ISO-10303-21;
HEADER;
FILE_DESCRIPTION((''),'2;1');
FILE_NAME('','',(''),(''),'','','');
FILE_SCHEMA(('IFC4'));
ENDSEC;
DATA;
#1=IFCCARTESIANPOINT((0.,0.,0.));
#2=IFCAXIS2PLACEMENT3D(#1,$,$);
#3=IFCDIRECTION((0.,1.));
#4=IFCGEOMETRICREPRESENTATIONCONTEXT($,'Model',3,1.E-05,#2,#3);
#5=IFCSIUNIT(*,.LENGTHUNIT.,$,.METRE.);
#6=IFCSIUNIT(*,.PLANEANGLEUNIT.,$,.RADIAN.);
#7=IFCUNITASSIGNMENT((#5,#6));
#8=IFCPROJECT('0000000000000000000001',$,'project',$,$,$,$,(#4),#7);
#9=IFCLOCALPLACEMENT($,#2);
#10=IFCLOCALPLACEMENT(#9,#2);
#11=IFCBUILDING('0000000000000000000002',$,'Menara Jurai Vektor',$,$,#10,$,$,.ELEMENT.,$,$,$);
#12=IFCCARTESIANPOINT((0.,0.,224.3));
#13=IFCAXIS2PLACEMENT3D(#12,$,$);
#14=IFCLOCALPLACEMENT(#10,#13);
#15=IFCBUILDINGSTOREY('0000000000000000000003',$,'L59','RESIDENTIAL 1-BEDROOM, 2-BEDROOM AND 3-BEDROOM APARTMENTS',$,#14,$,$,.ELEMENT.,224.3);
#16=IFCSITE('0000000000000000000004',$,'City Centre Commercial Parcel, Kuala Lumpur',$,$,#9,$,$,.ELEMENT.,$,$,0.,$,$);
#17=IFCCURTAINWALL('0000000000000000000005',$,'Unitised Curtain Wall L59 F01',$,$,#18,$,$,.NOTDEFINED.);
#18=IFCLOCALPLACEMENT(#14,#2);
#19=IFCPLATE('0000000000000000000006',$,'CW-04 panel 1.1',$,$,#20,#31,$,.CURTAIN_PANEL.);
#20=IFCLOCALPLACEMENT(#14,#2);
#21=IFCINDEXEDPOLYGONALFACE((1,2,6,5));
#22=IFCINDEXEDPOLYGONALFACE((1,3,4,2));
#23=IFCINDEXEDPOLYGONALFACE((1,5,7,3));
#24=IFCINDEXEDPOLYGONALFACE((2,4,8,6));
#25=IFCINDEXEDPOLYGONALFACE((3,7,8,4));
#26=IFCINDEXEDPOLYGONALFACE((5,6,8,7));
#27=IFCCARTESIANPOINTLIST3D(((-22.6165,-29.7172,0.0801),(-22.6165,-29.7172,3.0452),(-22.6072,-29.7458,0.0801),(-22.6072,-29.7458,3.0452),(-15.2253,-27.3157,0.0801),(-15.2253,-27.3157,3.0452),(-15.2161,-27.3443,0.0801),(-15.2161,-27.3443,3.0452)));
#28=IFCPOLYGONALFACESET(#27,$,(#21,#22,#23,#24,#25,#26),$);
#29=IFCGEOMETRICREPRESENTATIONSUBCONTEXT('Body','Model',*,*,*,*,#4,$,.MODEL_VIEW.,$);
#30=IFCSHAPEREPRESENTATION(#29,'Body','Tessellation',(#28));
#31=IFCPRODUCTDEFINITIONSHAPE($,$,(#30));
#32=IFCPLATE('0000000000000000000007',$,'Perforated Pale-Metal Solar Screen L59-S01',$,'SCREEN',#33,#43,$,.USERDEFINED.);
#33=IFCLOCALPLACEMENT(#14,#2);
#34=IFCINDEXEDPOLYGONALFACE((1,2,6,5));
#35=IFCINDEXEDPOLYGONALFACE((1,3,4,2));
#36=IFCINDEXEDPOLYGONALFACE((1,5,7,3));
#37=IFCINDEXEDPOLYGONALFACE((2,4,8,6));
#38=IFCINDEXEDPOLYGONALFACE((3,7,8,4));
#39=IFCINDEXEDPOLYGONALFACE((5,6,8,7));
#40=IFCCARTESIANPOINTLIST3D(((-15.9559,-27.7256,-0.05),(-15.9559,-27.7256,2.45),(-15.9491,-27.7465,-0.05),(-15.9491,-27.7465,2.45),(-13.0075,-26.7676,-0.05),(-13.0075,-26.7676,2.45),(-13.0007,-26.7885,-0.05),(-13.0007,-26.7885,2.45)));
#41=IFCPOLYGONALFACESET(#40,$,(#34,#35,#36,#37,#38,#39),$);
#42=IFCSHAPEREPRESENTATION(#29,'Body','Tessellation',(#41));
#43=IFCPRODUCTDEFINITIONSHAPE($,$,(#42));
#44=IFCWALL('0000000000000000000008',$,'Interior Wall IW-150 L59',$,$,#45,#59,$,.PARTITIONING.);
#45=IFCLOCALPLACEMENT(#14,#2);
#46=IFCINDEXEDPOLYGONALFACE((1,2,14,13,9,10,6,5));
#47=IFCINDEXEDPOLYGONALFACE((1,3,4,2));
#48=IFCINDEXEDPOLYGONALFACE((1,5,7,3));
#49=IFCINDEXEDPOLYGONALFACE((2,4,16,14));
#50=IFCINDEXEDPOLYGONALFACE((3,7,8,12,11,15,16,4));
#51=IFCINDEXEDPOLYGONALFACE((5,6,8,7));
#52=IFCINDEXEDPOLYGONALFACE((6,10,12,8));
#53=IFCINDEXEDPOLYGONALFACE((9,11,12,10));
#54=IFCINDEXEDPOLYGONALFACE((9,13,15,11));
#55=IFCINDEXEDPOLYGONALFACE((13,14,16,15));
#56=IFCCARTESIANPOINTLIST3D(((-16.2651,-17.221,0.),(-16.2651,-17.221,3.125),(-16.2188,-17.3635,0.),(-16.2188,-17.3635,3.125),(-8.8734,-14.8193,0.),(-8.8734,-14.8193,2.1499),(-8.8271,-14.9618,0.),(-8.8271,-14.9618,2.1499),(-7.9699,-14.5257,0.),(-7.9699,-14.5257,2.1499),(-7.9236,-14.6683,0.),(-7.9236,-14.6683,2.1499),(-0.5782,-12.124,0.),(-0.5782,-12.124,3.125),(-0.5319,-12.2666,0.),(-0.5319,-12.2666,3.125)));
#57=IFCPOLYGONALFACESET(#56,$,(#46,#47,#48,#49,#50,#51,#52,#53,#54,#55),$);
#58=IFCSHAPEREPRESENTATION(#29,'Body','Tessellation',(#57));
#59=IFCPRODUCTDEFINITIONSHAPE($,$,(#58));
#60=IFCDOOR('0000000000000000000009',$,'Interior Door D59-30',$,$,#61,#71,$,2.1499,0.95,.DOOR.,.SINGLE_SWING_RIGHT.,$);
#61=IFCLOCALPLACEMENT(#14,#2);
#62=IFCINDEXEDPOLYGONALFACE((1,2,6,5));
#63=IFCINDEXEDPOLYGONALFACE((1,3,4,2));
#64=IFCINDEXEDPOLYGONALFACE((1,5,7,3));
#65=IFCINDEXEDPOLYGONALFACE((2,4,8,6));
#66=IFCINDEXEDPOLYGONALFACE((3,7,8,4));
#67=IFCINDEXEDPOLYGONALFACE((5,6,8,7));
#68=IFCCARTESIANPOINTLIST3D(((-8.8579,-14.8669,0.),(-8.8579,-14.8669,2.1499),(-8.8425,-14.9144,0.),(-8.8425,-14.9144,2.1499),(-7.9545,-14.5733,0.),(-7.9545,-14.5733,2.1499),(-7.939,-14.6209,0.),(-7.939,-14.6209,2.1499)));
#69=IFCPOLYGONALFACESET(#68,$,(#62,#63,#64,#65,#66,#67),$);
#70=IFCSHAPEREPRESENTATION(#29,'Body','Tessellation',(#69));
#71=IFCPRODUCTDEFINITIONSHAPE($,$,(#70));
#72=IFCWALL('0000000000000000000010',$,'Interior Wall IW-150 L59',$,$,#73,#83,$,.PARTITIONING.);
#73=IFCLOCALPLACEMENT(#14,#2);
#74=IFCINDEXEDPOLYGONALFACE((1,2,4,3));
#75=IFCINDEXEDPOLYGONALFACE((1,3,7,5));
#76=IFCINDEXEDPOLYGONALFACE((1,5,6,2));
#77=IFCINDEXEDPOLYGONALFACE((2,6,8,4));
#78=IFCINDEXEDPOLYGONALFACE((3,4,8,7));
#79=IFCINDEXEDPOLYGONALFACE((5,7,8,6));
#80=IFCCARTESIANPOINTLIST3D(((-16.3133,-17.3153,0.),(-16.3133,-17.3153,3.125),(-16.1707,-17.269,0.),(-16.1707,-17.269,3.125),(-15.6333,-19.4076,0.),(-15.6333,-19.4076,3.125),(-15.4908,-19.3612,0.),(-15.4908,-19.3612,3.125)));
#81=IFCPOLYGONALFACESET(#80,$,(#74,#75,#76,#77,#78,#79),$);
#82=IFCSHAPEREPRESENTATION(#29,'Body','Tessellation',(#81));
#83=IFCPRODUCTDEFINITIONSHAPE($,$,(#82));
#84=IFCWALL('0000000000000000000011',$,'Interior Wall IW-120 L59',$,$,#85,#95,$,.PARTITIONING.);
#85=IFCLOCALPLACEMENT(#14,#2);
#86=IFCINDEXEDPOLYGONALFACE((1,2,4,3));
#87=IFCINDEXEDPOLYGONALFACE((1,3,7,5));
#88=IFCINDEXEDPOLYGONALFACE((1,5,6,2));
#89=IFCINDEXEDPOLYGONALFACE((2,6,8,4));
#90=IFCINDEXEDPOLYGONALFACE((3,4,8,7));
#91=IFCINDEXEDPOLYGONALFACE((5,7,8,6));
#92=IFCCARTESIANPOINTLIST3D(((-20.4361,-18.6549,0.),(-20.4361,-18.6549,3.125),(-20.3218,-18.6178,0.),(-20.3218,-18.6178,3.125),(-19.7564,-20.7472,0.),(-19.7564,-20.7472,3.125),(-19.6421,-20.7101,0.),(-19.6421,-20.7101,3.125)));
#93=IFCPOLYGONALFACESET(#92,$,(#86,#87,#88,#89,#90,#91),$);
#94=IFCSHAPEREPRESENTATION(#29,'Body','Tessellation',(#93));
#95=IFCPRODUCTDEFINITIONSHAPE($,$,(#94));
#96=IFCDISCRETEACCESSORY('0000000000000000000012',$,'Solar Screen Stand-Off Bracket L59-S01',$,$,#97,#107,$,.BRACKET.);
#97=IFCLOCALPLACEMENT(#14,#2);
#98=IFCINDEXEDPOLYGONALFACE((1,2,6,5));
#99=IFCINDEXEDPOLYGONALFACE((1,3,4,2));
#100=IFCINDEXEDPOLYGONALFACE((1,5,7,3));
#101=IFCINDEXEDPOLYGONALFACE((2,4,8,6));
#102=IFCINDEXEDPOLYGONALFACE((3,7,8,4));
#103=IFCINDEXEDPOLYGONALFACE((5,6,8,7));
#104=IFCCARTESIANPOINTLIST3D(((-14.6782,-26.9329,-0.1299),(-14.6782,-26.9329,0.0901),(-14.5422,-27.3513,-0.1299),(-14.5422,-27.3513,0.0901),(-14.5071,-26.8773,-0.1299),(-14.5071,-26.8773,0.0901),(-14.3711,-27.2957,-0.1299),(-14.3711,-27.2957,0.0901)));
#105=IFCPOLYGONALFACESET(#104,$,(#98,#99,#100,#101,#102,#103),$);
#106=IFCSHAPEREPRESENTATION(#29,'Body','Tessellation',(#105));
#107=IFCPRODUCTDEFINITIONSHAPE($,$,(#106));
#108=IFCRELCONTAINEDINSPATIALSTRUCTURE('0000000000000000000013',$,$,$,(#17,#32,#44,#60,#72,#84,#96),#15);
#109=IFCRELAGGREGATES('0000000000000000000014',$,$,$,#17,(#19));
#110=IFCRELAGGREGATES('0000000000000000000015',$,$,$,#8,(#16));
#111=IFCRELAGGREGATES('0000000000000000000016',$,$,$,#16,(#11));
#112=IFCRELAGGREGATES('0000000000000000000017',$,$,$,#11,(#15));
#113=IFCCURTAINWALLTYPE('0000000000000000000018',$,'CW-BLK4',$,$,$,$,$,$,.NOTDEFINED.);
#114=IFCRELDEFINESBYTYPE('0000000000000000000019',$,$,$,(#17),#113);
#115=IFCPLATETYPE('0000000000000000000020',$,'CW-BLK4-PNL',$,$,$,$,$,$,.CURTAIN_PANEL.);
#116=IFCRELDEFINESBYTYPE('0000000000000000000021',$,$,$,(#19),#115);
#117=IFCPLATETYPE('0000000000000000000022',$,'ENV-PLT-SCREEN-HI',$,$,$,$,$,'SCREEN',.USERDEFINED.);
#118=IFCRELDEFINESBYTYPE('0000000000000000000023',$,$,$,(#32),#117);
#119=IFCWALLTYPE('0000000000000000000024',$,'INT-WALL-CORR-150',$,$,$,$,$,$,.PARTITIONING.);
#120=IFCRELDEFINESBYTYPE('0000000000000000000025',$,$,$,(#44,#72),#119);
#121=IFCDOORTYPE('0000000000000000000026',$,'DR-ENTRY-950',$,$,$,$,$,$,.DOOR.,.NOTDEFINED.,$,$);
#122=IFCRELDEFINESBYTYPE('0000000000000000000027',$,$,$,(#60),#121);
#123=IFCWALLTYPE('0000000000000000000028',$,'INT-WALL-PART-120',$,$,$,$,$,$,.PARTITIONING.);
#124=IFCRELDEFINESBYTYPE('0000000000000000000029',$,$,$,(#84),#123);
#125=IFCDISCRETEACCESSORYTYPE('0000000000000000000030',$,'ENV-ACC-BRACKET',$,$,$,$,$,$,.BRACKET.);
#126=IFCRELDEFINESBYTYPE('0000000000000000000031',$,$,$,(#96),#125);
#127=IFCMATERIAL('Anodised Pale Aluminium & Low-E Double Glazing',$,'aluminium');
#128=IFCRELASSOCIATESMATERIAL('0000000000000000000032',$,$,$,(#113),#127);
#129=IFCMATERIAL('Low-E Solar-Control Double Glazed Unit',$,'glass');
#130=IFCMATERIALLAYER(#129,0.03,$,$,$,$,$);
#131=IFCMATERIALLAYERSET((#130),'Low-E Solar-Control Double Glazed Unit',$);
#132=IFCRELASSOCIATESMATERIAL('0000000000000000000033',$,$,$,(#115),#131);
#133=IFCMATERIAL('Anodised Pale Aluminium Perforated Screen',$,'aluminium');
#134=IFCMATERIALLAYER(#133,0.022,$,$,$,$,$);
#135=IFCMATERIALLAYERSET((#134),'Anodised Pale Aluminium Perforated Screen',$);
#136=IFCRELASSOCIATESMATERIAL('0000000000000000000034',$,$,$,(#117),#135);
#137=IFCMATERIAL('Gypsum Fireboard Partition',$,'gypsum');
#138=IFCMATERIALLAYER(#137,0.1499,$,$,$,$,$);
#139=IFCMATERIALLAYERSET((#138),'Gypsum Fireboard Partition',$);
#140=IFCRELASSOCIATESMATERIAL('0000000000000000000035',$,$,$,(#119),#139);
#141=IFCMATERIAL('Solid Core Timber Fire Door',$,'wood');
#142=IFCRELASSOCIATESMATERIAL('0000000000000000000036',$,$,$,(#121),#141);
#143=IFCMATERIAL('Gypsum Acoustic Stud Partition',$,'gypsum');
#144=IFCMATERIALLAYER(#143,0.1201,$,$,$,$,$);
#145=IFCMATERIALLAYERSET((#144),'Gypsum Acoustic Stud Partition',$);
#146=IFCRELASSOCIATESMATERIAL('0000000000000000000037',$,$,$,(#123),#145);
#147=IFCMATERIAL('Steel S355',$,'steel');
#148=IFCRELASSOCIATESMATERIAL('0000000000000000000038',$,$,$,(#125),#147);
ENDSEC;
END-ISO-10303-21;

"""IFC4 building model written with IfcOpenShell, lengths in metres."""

from ifc_helpers import new_model, si_unit, direction, frame, frame_2d, origin, origin_2d, place, context, subcontext, project, spatial, rectangle, extrude, material, layer, layer_set, type_object, element, fill, aggregate, save


model = new_model("IFC4")

# Units and contexts
model_context = context("Model", 3, precision=1e-05, world=origin(), true_north=direction((0.0, 1.0)))
body_context = subcontext(model_context, "Body", "Model", "MODEL_VIEW")
ifc_project = project(units=[si_unit("LENGTHUNIT", "METRE"), si_unit("PLANEANGLEUNIT", "RADIAN")], contexts=[model_context])

# Site, building, storey
site_placement = place(None, origin())
site = spatial("IfcSite", under=ifc_project, at=site_placement, Name="City Centre Commercial Parcel, Kuala Lumpur", CompositionType="ELEMENT", RefElevation=0.0)
building_placement = place(site_placement, origin())
building = spatial("IfcBuilding", under=site, at=building_placement, Name="Menara Jurai Vektor", CompositionType="ELEMENT")
storey_placement = place(building_placement, frame((0.0, 0.0, 224.3)))
storey = spatial("IfcBuildingStorey", under=building, at=storey_placement, Name="L59", Description="RESIDENTIAL 1-BEDROOM, 2-BEDROOM AND 3-BEDROOM APARTMENTS", CompositionType="ELEMENT", Elevation=224.3)

# Curtain wall
ifc_material_1 = material(Name="Anodised Pale Aluminium & Low-E Double Glazing", Category="aluminium")
curtain_wall_type = type_object("IfcCurtainWallType", Name="CW-BLK4", PredefinedType="NOTDEFINED", material=ifc_material_1)
curtain_wall_placement = place(storey_placement, origin())
curtain_wall = element("IfcCurtainWall", 1, at=curtain_wall_placement, inside=storey, type_object=curtain_wall_type, Name="Unitised Curtain Wall L59 F01", PredefinedType="NOTDEFINED")

# Shared definitions
ifc_material_2 = material(Name="Steel S355", Category="steel")

# Plates
ifc_material_3 = material(Name="Low-E Solar-Control Double Glazed Unit", Category="glass")
ifc_layer_1 = layer(ifc_material_3, 0.03)
ifc_layer_set_1 = layer_set([ifc_layer_1], Name="Low-E Solar-Control Double Glazed Unit")
plate_type_1 = type_object("IfcPlateType", Name="CW-BLK4-PNL", PredefinedType="CURTAIN_PANEL", material=ifc_layer_set_1)
plate_1_placement = place(storey_placement, frame((-18.9163, -28.5308, 0.0801), z_axis=(0.0, 0.0, 1.0), x_axis=(0.951056, 0.309017, 0.0)))
plate_1 = element("IfcPlate", 2, at=plate_1_placement, type_object=plate_type_1, Name="CW-04 panel 1.1", PredefinedType="CURTAIN_PANEL", context=body_context, shape_type="SweptSolid", body=[
    extrude(rectangle(XDim=7.7715, YDim=0.03, at=origin_2d()), origin(), (0.0, 0.0, 1.0), 2.9651),
])
aggregate(curtain_wall, [plate_1])
ifc_material_4 = material(Name="Anodised Pale Aluminium Perforated Screen", Category="aluminium")
ifc_layer_2 = layer(ifc_material_4, 0.022)
ifc_layer_set_2 = layer_set([ifc_layer_2], Name="Anodised Pale Aluminium Perforated Screen")
plate_type_2 = type_object("IfcPlateType", Name="ENV-PLT-SCREEN-HI", ElementType="SCREEN", PredefinedType="USERDEFINED", material=ifc_layer_set_2)
plate_2_placement = place(storey_placement, frame((-14.4783, -27.2571, -0.05), z_axis=(0.0, 0.0, 1.0), x_axis=(0.951057, 0.309017, 0.0)))
element("IfcPlate", 3, at=plate_2_placement, inside=storey, type_object=plate_type_2, Name="Perforated Pale-Metal Solar Screen L59-S01", ObjectType="SCREEN", PredefinedType="USERDEFINED", context=body_context, shape_type="SweptSolid", body=[
    extrude(rectangle(XDim=3.1001, YDim=0.022, at=origin_2d()), origin(), (0.0, 0.0, 1.0), 2.5),
])

# Wall, opening, door
ifc_material_5 = material(Name="Gypsum Fireboard Partition", Category="gypsum")
ifc_layer_3 = layer(ifc_material_5, 0.1499)
ifc_layer_set_3 = layer_set([ifc_layer_3], Name="Gypsum Fireboard Partition")
wall_type_1 = type_object("IfcWallType", Name="INT-WALL-CORR-150", PredefinedType="PARTITIONING", material=ifc_layer_set_3)
wall_1_placement = place(storey_placement, frame((-16.2419, -17.2922, 0.0), z_axis=(0.0, 0.0, 1.0), x_axis=(0.951057, 0.309016, 0.0)))
wall_1 = element("IfcWall", 4, at=wall_1_placement, inside=storey, type_object=wall_type_1, Name="Interior Wall IW-150 L59", PredefinedType="PARTITIONING", context=body_context, shape_type="SweptSolid", body=[
    extrude(rectangle(XDim=16.4941, YDim=0.1499, at=frame_2d((8.2471, 0.0))), origin(), (0.0, 0.0, 1.0), 3.125),
])
opening_1_placement = place(wall_1_placement, frame((7.772, 0.0, 0.0)))
opening_1 = element("IfcOpeningElement", 5, at=opening_1_placement, cuts=wall_1, PredefinedType="OPENING", context=body_context, shape_type="SweptSolid", body=[
    extrude(rectangle(XDim=0.95, YDim=2.1499, at=frame_2d((0.4751, 1.075))), frame((0.0, 0.085, 0.0), z_axis=(0.0, -1.0, 0.0), x_axis=(1.0, 0.0, 0.0)), (0.0, 0.0, 1.0), 0.1699),
])
ifc_material_6 = material(Name="Solid Core Timber Fire Door", Category="wood")
door_type_1 = type_object("IfcDoorType", Name="DR-ENTRY-950", OperationType="NOTDEFINED", PredefinedType="DOOR", material=ifc_material_6)
door_1_placement = place(opening_1_placement, origin())
door_1 = element("IfcDoor", 6, at=door_1_placement, inside=storey, type_object=door_type_1, Name="Interior Door D59-30", OperationType="SINGLE_SWING_RIGHT", OverallHeight=2.1499, OverallWidth=0.95, PredefinedType="DOOR", context=body_context, shape_type="SweptSolid", body=[
    extrude(rectangle(XDim=0.95, YDim=2.1499, at=frame_2d((0.4751, 1.075))), frame((0.0, 0.0249, 0.0), z_axis=(0.0, -1.0, 0.0), x_axis=(1.0, 0.0, 0.0)), (0.0, 0.0, 1.0), 0.05),
])
fill(opening_1, door_1)

# Walls
wall_2_placement = place(storey_placement, frame((-15.562, -19.3845, 0.0), z_axis=(0.0, 0.0, 1.0), x_axis=(-0.309061, 0.951042, 0.0)))
element("IfcWall", 7, at=wall_2_placement, inside=storey, type_object=wall_type_1, Name="Interior Wall IW-150 L59", PredefinedType="PARTITIONING", context=body_context, shape_type="SweptSolid", body=[
    extrude(rectangle(XDim=2.2, YDim=0.1499, at=frame_2d((1.1001, 0.0))), origin(), (0.0, 0.0, 1.0), 3.125),
])
ifc_material_7 = material(Name="Gypsum Acoustic Stud Partition", Category="gypsum")
ifc_layer_4 = layer(ifc_material_7, 0.1201)
ifc_layer_set_4 = layer_set([ifc_layer_4], Name="Gypsum Acoustic Stud Partition")
wall_type_2 = type_object("IfcWallType", Name="INT-WALL-PART-120", PredefinedType="PARTITIONING", material=ifc_layer_set_4)
wall_3_placement = place(storey_placement, frame((-19.6992, -20.7288, 0.0), z_axis=(0.0, 0.0, 1.0), x_axis=(-0.308961, 0.951075, 0.0)))
element("IfcWall", 8, at=wall_3_placement, inside=storey, type_object=wall_type_2, Name="Interior Wall IW-120 L59", PredefinedType="PARTITIONING", context=body_context, shape_type="SweptSolid", body=[
    extrude(rectangle(XDim=2.2, YDim=0.1201, at=frame_2d((1.1001, 0.0))), origin(), (0.0, 0.0, 1.0), 3.125),
])

# Discrete accessory
discrete_accessory_type = type_object("IfcDiscreteAccessoryType", Name="ENV-ACC-BRACKET", PredefinedType="BRACKET", material=ifc_material_2)
discrete_accessory_placement = place(storey_placement, frame((-14.5247, -27.1143, -0.1299), z_axis=(0.0, 0.0, 1.0), x_axis=(0.951057, 0.309017, 0.0)))
element("IfcDiscreteAccessory", 9, at=discrete_accessory_placement, inside=storey, type_object=discrete_accessory_type, Name="Solar Screen Stand-Off Bracket L59-S01", PredefinedType="BRACKET", context=body_context, shape_type="SweptSolid", body=[
    extrude(rectangle(XDim=0.1799, YDim=0.4399, at=origin_2d()), origin(), (0.0, 0.0, 1.0), 0.22),
])

save(model, "model.ifc")
